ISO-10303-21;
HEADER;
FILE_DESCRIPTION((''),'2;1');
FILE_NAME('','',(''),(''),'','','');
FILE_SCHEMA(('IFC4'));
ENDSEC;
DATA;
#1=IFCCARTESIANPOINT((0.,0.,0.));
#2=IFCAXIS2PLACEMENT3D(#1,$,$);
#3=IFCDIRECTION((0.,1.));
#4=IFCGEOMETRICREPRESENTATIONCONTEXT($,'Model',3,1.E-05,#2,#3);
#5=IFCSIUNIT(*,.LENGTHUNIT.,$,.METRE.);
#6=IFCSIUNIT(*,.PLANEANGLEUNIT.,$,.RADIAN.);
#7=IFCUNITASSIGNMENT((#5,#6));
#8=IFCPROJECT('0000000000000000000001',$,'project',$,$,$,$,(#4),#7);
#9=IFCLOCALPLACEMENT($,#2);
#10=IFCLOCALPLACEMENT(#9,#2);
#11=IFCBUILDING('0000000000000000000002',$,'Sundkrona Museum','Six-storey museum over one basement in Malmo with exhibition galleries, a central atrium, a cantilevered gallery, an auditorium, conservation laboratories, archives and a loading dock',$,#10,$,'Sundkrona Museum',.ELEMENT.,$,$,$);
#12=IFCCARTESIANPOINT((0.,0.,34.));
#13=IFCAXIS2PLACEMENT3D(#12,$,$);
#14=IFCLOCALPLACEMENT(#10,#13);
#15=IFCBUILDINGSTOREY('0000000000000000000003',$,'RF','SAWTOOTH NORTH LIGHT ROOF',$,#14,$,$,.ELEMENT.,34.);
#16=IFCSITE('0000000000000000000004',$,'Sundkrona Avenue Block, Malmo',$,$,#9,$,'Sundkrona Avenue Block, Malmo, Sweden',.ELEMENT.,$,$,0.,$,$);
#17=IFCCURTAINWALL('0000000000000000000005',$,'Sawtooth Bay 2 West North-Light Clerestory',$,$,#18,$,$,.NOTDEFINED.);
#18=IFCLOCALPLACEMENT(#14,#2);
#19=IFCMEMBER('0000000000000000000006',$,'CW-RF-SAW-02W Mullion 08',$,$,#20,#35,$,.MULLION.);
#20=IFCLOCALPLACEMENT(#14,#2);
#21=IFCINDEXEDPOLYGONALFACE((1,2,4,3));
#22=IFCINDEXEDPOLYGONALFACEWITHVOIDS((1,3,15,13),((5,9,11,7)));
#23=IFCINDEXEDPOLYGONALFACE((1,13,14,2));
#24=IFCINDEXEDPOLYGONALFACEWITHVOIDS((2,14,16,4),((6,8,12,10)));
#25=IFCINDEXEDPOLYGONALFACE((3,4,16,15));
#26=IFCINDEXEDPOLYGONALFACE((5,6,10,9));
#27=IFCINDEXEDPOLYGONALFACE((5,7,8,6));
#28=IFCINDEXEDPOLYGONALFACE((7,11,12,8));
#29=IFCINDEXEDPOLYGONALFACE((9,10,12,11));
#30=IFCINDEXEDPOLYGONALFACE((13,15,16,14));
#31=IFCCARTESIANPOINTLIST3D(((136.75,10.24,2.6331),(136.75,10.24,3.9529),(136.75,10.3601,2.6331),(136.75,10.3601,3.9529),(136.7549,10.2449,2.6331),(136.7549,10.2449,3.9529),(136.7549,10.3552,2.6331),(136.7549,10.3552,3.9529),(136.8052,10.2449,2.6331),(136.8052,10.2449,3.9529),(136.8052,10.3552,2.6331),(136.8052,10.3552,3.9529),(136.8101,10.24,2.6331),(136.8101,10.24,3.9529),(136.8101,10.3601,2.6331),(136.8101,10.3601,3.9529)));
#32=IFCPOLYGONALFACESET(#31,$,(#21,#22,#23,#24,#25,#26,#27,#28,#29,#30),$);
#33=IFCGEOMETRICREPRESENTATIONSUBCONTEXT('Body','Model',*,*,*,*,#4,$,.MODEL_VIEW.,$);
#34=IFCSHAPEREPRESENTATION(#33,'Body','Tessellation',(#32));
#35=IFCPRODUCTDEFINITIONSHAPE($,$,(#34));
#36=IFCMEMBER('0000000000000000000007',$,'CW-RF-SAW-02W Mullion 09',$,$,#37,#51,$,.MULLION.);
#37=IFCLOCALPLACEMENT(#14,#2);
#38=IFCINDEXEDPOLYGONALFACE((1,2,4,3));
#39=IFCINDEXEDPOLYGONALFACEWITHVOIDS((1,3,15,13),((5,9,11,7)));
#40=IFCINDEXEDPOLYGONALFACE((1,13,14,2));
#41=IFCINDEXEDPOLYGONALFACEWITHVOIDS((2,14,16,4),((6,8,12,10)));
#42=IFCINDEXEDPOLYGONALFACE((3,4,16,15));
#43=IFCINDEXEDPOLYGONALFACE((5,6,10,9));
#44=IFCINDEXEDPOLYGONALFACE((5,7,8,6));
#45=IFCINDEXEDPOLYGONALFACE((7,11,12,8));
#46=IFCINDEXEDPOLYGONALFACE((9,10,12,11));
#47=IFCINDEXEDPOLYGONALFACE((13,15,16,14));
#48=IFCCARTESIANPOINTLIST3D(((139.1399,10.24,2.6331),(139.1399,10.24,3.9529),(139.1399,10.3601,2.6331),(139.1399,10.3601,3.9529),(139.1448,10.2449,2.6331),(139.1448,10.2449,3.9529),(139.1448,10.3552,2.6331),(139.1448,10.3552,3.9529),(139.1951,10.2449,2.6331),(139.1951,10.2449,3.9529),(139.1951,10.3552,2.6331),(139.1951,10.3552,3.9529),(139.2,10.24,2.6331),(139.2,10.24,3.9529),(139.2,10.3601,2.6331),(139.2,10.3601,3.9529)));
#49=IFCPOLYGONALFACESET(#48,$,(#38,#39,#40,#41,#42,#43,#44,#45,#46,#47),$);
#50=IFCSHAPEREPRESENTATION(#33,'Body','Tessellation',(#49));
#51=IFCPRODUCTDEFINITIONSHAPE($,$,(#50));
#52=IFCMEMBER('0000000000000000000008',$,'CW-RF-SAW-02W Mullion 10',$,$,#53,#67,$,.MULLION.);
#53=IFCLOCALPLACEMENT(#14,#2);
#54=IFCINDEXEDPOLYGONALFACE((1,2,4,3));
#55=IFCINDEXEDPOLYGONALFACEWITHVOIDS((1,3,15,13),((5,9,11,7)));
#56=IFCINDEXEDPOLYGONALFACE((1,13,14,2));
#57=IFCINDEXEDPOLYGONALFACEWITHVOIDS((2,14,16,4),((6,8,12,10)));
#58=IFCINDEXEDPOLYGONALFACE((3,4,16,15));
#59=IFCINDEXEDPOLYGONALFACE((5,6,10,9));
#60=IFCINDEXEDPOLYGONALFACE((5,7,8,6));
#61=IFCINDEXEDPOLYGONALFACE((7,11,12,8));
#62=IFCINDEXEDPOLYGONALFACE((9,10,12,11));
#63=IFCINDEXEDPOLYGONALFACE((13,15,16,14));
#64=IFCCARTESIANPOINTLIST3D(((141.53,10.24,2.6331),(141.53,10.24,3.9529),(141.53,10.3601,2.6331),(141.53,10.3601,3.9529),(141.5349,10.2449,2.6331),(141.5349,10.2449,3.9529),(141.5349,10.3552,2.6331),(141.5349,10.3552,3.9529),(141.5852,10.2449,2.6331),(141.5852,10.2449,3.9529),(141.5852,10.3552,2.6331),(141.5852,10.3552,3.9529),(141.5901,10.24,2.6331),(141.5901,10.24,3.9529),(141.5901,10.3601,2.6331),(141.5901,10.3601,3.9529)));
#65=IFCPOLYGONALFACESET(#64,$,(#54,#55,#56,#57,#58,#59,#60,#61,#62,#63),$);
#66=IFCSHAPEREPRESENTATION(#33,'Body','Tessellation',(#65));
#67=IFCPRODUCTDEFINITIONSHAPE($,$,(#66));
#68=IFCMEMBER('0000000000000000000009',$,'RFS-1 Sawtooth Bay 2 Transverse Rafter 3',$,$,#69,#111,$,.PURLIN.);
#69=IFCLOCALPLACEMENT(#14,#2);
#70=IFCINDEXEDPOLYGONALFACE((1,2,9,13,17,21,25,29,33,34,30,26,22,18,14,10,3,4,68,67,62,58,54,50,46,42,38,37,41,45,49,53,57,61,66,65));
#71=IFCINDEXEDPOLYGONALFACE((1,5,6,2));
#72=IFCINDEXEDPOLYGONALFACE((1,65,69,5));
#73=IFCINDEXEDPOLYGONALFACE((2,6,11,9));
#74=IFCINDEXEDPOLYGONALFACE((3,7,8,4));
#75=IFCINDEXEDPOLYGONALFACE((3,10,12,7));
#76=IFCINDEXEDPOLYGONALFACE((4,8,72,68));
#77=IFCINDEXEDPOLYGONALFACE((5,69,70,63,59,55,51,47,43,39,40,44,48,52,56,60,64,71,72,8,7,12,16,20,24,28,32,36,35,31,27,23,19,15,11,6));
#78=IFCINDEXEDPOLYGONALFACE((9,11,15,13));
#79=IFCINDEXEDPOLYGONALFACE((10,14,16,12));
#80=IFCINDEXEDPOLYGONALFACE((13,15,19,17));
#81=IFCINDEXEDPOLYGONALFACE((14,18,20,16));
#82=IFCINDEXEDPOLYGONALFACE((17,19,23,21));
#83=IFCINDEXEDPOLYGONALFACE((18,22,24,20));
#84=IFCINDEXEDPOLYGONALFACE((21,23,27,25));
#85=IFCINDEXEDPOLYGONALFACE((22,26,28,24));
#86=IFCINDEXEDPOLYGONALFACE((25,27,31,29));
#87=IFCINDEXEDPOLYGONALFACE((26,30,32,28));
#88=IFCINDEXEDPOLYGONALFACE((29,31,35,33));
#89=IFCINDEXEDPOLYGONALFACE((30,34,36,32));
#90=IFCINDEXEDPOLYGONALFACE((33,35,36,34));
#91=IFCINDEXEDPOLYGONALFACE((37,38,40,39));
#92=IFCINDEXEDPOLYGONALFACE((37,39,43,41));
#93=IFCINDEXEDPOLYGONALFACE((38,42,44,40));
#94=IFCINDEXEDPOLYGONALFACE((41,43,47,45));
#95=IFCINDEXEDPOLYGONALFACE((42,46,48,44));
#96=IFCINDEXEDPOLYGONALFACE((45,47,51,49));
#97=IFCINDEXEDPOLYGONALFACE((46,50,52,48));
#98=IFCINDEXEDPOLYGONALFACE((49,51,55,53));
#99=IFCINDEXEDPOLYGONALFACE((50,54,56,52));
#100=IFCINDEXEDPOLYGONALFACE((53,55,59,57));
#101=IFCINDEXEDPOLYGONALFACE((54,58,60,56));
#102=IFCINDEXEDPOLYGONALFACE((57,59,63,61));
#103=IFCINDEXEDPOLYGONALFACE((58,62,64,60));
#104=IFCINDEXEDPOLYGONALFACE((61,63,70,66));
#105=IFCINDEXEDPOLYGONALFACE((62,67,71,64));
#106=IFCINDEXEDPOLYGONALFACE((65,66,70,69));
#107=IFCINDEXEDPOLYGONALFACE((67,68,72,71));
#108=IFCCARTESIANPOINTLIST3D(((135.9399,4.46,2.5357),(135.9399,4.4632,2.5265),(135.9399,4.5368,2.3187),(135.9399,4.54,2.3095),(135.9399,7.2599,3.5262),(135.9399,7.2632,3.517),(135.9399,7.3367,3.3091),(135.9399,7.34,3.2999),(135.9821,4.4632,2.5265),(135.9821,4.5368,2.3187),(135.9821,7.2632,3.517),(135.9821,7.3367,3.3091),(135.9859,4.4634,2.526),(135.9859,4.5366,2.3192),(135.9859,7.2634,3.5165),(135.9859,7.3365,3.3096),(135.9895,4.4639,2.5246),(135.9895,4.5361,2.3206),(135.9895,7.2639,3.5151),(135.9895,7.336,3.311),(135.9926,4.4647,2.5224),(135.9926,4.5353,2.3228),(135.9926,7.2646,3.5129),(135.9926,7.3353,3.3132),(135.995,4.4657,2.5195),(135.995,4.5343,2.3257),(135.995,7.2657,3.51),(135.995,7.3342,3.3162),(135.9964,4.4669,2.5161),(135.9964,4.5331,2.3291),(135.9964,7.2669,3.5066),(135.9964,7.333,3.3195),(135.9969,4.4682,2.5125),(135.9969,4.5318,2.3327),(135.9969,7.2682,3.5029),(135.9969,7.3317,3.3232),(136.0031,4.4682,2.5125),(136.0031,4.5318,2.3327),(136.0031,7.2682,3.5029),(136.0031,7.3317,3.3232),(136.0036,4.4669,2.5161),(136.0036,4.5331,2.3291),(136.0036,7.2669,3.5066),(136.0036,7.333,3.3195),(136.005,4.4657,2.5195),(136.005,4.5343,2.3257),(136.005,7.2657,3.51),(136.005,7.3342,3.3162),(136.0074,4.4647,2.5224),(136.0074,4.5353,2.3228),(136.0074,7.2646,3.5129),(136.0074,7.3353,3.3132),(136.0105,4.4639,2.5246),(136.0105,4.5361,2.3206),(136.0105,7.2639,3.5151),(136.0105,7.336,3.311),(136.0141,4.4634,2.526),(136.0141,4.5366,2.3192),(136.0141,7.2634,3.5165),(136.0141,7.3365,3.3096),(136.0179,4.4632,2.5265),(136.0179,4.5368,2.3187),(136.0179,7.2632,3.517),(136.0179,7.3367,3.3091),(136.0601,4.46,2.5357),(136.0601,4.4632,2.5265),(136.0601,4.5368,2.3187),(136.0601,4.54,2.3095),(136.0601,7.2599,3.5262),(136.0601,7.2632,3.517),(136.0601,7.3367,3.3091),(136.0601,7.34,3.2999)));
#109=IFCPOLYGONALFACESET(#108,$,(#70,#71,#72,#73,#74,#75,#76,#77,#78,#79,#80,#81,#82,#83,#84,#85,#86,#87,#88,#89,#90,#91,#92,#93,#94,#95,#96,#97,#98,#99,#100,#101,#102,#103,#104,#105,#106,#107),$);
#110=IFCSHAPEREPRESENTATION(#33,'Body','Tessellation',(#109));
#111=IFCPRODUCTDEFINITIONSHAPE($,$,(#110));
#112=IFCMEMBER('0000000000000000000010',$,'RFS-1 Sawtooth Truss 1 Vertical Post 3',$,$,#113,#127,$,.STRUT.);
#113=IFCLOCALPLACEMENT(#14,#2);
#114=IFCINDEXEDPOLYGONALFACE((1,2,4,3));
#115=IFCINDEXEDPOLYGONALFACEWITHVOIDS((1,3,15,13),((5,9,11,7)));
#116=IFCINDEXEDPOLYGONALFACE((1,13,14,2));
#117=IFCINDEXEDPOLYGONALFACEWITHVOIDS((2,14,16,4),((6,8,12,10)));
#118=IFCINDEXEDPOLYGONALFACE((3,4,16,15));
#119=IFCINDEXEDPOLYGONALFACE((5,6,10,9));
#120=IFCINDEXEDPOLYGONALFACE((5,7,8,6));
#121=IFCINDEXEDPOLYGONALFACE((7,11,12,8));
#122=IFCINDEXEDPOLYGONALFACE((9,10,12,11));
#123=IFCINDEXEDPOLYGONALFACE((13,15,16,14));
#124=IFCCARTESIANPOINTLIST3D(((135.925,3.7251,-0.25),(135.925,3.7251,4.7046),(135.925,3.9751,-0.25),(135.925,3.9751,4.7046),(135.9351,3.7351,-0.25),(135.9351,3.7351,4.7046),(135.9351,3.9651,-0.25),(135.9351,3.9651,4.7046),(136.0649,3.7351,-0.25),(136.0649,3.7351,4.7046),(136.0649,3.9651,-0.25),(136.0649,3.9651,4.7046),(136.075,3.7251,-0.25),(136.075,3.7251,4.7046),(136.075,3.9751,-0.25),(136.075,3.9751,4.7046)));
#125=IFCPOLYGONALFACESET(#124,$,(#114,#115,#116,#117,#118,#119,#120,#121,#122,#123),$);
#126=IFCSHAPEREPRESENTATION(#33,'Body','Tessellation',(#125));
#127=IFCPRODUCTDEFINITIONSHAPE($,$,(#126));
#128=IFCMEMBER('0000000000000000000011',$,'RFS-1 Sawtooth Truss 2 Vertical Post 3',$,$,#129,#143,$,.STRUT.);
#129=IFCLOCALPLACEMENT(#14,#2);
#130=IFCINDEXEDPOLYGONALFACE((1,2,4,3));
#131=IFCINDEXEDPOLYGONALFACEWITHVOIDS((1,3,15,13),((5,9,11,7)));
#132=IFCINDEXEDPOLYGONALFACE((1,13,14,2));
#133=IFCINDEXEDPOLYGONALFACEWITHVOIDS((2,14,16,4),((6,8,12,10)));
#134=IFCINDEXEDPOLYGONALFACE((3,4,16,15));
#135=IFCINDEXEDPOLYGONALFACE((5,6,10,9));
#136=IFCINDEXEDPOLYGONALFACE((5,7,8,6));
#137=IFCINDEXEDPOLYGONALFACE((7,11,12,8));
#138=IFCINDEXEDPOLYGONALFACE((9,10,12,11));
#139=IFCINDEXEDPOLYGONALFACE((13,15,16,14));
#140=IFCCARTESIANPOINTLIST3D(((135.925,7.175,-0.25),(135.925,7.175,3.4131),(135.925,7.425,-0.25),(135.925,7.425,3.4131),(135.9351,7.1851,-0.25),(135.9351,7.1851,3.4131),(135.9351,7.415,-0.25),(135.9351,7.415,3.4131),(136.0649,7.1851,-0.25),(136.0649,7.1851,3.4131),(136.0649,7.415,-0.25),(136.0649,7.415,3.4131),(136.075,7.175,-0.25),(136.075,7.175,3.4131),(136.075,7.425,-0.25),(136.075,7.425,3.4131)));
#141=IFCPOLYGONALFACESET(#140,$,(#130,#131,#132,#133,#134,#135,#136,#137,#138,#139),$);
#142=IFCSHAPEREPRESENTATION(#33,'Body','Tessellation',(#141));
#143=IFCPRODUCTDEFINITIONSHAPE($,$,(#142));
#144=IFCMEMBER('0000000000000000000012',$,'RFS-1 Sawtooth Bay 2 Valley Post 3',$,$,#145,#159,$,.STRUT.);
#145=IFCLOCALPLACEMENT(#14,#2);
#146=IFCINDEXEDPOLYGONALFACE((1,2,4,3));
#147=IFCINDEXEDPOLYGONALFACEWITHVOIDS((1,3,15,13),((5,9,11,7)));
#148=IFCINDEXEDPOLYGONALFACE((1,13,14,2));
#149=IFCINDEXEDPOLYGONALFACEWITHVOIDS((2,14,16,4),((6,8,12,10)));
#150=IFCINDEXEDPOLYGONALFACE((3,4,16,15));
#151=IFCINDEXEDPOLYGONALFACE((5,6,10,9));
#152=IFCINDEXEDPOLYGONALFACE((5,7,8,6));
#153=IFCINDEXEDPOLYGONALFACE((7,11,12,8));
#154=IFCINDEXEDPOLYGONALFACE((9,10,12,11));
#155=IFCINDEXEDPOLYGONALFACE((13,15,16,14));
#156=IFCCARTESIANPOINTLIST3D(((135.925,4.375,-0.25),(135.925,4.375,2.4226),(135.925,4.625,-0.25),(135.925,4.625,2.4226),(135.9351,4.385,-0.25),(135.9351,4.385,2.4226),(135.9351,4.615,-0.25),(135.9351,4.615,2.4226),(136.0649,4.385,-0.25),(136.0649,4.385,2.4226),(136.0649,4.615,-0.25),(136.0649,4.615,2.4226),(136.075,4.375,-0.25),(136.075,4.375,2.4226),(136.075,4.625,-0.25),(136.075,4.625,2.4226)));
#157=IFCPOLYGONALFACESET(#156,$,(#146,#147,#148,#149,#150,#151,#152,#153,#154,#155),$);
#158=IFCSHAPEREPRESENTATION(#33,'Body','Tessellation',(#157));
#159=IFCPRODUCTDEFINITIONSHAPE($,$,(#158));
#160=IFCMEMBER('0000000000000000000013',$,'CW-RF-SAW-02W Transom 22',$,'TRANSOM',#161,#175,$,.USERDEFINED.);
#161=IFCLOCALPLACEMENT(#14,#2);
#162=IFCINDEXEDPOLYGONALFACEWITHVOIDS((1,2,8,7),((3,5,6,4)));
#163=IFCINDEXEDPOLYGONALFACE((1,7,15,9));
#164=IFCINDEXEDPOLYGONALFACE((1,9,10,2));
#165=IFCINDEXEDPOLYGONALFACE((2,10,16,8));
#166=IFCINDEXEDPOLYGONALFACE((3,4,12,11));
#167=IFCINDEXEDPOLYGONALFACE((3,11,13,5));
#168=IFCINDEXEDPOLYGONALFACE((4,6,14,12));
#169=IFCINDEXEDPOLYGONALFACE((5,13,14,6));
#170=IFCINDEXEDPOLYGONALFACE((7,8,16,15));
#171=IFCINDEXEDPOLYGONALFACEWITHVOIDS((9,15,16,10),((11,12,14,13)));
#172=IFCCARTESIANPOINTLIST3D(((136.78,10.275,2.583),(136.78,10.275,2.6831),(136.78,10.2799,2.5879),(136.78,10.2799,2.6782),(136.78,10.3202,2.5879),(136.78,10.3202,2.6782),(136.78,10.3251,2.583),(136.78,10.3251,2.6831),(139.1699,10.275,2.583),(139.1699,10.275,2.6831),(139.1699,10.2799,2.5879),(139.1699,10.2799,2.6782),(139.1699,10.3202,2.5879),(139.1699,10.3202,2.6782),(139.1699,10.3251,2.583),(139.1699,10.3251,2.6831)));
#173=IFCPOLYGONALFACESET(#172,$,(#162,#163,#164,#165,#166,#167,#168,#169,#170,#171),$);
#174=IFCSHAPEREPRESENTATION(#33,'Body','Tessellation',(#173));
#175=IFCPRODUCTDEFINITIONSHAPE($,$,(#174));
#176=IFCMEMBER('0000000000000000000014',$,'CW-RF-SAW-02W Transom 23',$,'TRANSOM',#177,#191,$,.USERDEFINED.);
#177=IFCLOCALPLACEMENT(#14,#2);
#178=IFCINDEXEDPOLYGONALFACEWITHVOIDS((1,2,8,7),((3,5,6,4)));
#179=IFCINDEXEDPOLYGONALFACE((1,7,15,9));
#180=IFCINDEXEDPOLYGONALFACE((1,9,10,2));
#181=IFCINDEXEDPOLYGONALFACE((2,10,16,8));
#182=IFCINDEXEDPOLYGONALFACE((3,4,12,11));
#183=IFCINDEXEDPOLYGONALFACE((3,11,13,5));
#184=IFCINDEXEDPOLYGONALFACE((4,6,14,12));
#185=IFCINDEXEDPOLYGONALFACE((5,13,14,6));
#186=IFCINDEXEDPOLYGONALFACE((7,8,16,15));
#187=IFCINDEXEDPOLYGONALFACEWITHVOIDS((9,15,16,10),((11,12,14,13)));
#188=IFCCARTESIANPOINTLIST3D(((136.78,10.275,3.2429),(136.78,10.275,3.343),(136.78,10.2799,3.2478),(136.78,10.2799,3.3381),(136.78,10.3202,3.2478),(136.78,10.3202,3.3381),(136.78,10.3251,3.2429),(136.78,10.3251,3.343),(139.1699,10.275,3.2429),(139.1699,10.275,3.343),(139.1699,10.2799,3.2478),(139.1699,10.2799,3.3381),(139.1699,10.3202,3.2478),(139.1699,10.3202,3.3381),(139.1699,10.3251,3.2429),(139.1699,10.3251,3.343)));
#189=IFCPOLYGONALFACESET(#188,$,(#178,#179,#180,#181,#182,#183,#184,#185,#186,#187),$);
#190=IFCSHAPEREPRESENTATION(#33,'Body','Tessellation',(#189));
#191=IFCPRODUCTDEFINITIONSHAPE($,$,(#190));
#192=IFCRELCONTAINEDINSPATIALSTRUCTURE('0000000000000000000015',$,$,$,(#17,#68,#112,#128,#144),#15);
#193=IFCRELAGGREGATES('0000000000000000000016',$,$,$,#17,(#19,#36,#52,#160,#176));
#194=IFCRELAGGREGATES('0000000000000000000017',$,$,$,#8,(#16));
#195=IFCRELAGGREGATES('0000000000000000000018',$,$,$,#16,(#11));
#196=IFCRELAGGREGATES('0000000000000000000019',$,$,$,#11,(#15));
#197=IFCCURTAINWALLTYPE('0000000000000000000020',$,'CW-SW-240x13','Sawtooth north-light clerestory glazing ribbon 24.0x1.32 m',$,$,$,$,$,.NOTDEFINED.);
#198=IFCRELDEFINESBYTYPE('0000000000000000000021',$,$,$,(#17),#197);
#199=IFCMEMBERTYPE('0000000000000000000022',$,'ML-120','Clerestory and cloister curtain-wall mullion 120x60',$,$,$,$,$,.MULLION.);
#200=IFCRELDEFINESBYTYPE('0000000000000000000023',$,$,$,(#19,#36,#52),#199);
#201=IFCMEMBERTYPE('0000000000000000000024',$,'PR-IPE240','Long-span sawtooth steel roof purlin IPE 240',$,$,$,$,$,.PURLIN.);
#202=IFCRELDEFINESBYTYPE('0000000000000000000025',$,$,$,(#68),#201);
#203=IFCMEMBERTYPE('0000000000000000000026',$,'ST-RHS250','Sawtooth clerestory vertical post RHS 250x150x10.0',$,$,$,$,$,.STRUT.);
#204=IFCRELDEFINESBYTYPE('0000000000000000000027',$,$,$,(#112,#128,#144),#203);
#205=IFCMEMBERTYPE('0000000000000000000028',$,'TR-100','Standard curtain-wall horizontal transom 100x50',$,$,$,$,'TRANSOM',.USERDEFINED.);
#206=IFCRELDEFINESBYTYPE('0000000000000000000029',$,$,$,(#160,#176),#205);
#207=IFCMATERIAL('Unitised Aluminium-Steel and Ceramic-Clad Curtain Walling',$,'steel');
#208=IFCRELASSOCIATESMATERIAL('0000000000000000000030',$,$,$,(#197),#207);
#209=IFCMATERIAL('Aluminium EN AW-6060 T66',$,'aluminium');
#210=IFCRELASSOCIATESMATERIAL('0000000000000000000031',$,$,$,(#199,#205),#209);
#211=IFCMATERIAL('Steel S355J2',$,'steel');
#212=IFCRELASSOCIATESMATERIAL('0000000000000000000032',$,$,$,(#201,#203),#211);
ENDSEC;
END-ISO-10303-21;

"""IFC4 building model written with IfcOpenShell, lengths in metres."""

from ifc_helpers import new_model, si_unit, direction, frame, origin, origin_2d, place, context, subcontext, project, spatial, hollow_rectangle, i_section, extrude, material, material_profile, profile_set, type_object, element, aggregate, save


model = new_model("IFC4")

# Units and contexts
model_context = context("Model", 3, precision=1e-05, world=origin(), true_north=direction((0.0, 1.0)))
body_context = subcontext(model_context, "Body", "Model", "MODEL_VIEW")
ifc_project = project(units=[si_unit("LENGTHUNIT", "METRE"), si_unit("PLANEANGLEUNIT", "RADIAN")], contexts=[model_context])

# Site, building, storey
site_placement = place(None, origin())
site = spatial("IfcSite", under=ifc_project, at=site_placement, Name="Sundkrona Avenue Block, Malmo", LongName="Sundkrona Avenue Block, Malmo, Sweden", CompositionType="ELEMENT", RefElevation=0.0)
building_placement = place(site_placement, origin())
building = spatial("IfcBuilding", under=site, at=building_placement, Name="Sundkrona Museum", Description="Six-storey museum over one basement in Malmo with exhibition galleries, a central atrium, a cantilevered gallery, an auditorium, conservation laboratories, archives and a loading dock", LongName="Sundkrona Museum", CompositionType="ELEMENT")
storey_placement = place(building_placement, frame((0.0, 0.0, 34.0)))
storey = spatial("IfcBuildingStorey", under=building, at=storey_placement, Name="RF", Description="SAWTOOTH NORTH LIGHT ROOF", CompositionType="ELEMENT", Elevation=34.0)

# Curtain wall, members
ifc_material_1 = material(Name="Unitised Aluminium-Steel and Ceramic-Clad Curtain Walling", Category="steel")
curtain_wall_type = type_object("IfcCurtainWallType", Name="CW-SW-240x13", Description="Sawtooth north-light clerestory glazing ribbon 24.0x1.32 m", PredefinedType="NOTDEFINED", material=ifc_material_1)
curtain_wall_placement = place(storey_placement, origin())
curtain_wall = element("IfcCurtainWall", 1, at=curtain_wall_placement, inside=storey, type_object=curtain_wall_type, Name="Sawtooth Bay 2 West North-Light Clerestory", PredefinedType="NOTDEFINED")
ifc_material_2 = material(Name="Aluminium EN AW-6060 T66", Category="aluminium")
ifc_material_profile_1 = material_profile(ifc_material_2, hollow_rectangle(XDim=0.0601, YDim=0.1201, WallThickness=0.0049, at=origin_2d()), Name="RHS 120x60x5.0")
ifc_profile_set_1 = profile_set([ifc_material_profile_1], Name="Aluminium EN AW-6060 T66")
member_type_1 = type_object("IfcMemberType", Name="ML-120", Description="Clerestory and cloister curtain-wall mullion 120x60", PredefinedType="MULLION", material=ifc_profile_set_1)
member_1_placement = place(storey_placement, frame((136.78, 10.3, 2.6331), z_axis=(0.0, 0.0, 1.0), x_axis=(1.0, 0.0, 0.0)))
member_1 = element("IfcMember", 2, at=member_1_placement, type_object=member_type_1, Name="CW-RF-SAW-02W Mullion 08", PredefinedType="MULLION", context=body_context, shape_type="SweptSolid", body=[
    extrude(hollow_rectangle(XDim=0.0601, YDim=0.1201, WallThickness=0.0049, at=origin_2d()), origin(), (0.0, 0.0, 1.0), 1.3198),
])
member_2_placement = place(storey_placement, frame((139.1699, 10.3, 2.6331), z_axis=(0.0, 0.0, 1.0), x_axis=(1.0, 0.0, 0.0)))
member_2 = element("IfcMember", 3, at=member_2_placement, type_object=member_type_1, Name="CW-RF-SAW-02W Mullion 09", PredefinedType="MULLION", context=body_context, shape_type="SweptSolid", body=[
    extrude(hollow_rectangle(XDim=0.0601, YDim=0.1201, WallThickness=0.0049, at=origin_2d()), origin(), (0.0, 0.0, 1.0), 1.3198),
])
member_3_placement = place(storey_placement, frame((141.5601, 10.3, 2.6331), z_axis=(0.0, 0.0, 1.0), x_axis=(1.0, 0.0, 0.0)))
member_3 = element("IfcMember", 4, at=member_3_placement, type_object=member_type_1, Name="CW-RF-SAW-02W Mullion 10", PredefinedType="MULLION", context=body_context, shape_type="SweptSolid", body=[
    extrude(hollow_rectangle(XDim=0.0601, YDim=0.1201, WallThickness=0.0049, at=origin_2d()), origin(), (0.0, 0.0, 1.0), 1.3198),
])

# Members
ifc_material_3 = material(Name="Steel S355J2", Category="steel")
ifc_material_profile_2 = material_profile(ifc_material_3, i_section(OverallWidth=0.1201, OverallDepth=0.24, WebThickness=0.0061, FlangeThickness=0.0098, FilletRadius=0.0149, at=origin_2d()), Name="IPE 240")
ifc_profile_set_2 = profile_set([ifc_material_profile_2], Name="Steel S355J2")
member_type_2 = type_object("IfcMemberType", Name="PR-IPE240", Description="Long-span sawtooth steel roof purlin IPE 240", PredefinedType="PURLIN", material=ifc_profile_set_2)
member_4_placement = place(storey_placement, frame((136.0, 4.5, 2.4226), z_axis=(0.0, 0.942755, 0.333486), x_axis=(-1.0, 0.0, 0.0)))
element("IfcMember", 5, at=member_4_placement, inside=storey, type_object=member_type_2, Name="RFS-1 Sawtooth Bay 2 Transverse Rafter 3", PredefinedType="PURLIN", context=body_context, shape_type="SweptSolid", body=[
    extrude(i_section(OverallWidth=0.1201, OverallDepth=0.24, WebThickness=0.0061, FlangeThickness=0.0098, FilletRadius=0.0149, at=origin_2d()), origin(), (0.0, 0.0, 1.0), 2.97),
])
ifc_material_profile_3 = material_profile(ifc_material_3, hollow_rectangle(XDim=0.1499, YDim=0.25, WallThickness=0.01, at=origin_2d()), Name="RHS 250x150x10.0")
ifc_profile_set_3 = profile_set([ifc_material_profile_3], Name="Steel S355J2")
member_type_3 = type_object("IfcMemberType", Name="ST-RHS250", Description="Sawtooth clerestory vertical post RHS 250x150x10.0", PredefinedType="STRUT", material=ifc_profile_set_3)
member_5_placement = place(storey_placement, frame((136.0, 3.8501, -0.25), z_axis=(0.0, 0.0, 1.0), x_axis=(1.0, 0.0, 0.0)))
element("IfcMember", 6, at=member_5_placement, inside=storey, type_object=member_type_3, Name="RFS-1 Sawtooth Truss 1 Vertical Post 3", PredefinedType="STRUT", context=body_context, shape_type="SweptSolid", body=[
    extrude(hollow_rectangle(XDim=0.1499, YDim=0.25, WallThickness=0.01, at=origin_2d()), origin(), (0.0, 0.0, 1.0), 4.9546),
])
member_6_placement = place(storey_placement, frame((136.0, 7.3, -0.25), z_axis=(0.0, 0.0, 1.0), x_axis=(1.0, 0.0, 0.0)))
element("IfcMember", 7, at=member_6_placement, inside=storey, type_object=member_type_3, Name="RFS-1 Sawtooth Truss 2 Vertical Post 3", PredefinedType="STRUT", context=body_context, shape_type="SweptSolid", body=[
    extrude(hollow_rectangle(XDim=0.1499, YDim=0.25, WallThickness=0.01, at=origin_2d()), origin(), (0.0, 0.0, 1.0), 3.6631),
])
member_7_placement = place(storey_placement, frame((136.0, 4.5, -0.25), z_axis=(0.0, 0.0, 1.0), x_axis=(1.0, 0.0, 0.0)))
element("IfcMember", 8, at=member_7_placement, inside=storey, type_object=member_type_3, Name="RFS-1 Sawtooth Bay 2 Valley Post 3", PredefinedType="STRUT", context=body_context, shape_type="SweptSolid", body=[
    extrude(hollow_rectangle(XDim=0.1499, YDim=0.25, WallThickness=0.01, at=origin_2d()), origin(), (0.0, 0.0, 1.0), 2.6726),
])

# Members
ifc_material_profile_4 = material_profile(ifc_material_2, hollow_rectangle(XDim=0.05, YDim=0.1001, WallThickness=0.0049, at=origin_2d()), Name="RHS 100x50x5.0")
ifc_profile_set_4 = profile_set([ifc_material_profile_4], Name="Aluminium EN AW-6060 T66")
member_type_4 = type_object("IfcMemberType", Name="TR-100", Description="Standard curtain-wall horizontal transom 100x50", ElementType="TRANSOM", PredefinedType="USERDEFINED", material=ifc_profile_set_4)
member_8_placement = place(storey_placement, frame((136.78, 10.3, 2.6331), z_axis=(1.0, 0.0, 0.0), x_axis=(0.0, 1.0, 0.0)))
member_8 = element("IfcMember", 9, at=member_8_placement, type_object=member_type_4, Name="CW-RF-SAW-02W Transom 22", ObjectType="TRANSOM", PredefinedType="USERDEFINED", context=body_context, shape_type="SweptSolid", body=[
    extrude(hollow_rectangle(XDim=0.05, YDim=0.1001, WallThickness=0.0049, at=origin_2d()), origin(), (0.0, 0.0, 1.0), 2.3899),
])
member_9_placement = place(storey_placement, frame((136.78, 10.3, 3.293), z_axis=(1.0, 0.0, 0.0), x_axis=(0.0, 1.0, 0.0)))
member_9 = element("IfcMember", 10, at=member_9_placement, type_object=member_type_4, Name="CW-RF-SAW-02W Transom 23", ObjectType="TRANSOM", PredefinedType="USERDEFINED", context=body_context, shape_type="SweptSolid", body=[
    extrude(hollow_rectangle(XDim=0.05, YDim=0.1001, WallThickness=0.0049, at=origin_2d()), origin(), (0.0, 0.0, 1.0), 2.3899),
])

aggregate(curtain_wall, [member_1, member_2, member_3, member_8, member_9])

save(model, "model.ifc")
